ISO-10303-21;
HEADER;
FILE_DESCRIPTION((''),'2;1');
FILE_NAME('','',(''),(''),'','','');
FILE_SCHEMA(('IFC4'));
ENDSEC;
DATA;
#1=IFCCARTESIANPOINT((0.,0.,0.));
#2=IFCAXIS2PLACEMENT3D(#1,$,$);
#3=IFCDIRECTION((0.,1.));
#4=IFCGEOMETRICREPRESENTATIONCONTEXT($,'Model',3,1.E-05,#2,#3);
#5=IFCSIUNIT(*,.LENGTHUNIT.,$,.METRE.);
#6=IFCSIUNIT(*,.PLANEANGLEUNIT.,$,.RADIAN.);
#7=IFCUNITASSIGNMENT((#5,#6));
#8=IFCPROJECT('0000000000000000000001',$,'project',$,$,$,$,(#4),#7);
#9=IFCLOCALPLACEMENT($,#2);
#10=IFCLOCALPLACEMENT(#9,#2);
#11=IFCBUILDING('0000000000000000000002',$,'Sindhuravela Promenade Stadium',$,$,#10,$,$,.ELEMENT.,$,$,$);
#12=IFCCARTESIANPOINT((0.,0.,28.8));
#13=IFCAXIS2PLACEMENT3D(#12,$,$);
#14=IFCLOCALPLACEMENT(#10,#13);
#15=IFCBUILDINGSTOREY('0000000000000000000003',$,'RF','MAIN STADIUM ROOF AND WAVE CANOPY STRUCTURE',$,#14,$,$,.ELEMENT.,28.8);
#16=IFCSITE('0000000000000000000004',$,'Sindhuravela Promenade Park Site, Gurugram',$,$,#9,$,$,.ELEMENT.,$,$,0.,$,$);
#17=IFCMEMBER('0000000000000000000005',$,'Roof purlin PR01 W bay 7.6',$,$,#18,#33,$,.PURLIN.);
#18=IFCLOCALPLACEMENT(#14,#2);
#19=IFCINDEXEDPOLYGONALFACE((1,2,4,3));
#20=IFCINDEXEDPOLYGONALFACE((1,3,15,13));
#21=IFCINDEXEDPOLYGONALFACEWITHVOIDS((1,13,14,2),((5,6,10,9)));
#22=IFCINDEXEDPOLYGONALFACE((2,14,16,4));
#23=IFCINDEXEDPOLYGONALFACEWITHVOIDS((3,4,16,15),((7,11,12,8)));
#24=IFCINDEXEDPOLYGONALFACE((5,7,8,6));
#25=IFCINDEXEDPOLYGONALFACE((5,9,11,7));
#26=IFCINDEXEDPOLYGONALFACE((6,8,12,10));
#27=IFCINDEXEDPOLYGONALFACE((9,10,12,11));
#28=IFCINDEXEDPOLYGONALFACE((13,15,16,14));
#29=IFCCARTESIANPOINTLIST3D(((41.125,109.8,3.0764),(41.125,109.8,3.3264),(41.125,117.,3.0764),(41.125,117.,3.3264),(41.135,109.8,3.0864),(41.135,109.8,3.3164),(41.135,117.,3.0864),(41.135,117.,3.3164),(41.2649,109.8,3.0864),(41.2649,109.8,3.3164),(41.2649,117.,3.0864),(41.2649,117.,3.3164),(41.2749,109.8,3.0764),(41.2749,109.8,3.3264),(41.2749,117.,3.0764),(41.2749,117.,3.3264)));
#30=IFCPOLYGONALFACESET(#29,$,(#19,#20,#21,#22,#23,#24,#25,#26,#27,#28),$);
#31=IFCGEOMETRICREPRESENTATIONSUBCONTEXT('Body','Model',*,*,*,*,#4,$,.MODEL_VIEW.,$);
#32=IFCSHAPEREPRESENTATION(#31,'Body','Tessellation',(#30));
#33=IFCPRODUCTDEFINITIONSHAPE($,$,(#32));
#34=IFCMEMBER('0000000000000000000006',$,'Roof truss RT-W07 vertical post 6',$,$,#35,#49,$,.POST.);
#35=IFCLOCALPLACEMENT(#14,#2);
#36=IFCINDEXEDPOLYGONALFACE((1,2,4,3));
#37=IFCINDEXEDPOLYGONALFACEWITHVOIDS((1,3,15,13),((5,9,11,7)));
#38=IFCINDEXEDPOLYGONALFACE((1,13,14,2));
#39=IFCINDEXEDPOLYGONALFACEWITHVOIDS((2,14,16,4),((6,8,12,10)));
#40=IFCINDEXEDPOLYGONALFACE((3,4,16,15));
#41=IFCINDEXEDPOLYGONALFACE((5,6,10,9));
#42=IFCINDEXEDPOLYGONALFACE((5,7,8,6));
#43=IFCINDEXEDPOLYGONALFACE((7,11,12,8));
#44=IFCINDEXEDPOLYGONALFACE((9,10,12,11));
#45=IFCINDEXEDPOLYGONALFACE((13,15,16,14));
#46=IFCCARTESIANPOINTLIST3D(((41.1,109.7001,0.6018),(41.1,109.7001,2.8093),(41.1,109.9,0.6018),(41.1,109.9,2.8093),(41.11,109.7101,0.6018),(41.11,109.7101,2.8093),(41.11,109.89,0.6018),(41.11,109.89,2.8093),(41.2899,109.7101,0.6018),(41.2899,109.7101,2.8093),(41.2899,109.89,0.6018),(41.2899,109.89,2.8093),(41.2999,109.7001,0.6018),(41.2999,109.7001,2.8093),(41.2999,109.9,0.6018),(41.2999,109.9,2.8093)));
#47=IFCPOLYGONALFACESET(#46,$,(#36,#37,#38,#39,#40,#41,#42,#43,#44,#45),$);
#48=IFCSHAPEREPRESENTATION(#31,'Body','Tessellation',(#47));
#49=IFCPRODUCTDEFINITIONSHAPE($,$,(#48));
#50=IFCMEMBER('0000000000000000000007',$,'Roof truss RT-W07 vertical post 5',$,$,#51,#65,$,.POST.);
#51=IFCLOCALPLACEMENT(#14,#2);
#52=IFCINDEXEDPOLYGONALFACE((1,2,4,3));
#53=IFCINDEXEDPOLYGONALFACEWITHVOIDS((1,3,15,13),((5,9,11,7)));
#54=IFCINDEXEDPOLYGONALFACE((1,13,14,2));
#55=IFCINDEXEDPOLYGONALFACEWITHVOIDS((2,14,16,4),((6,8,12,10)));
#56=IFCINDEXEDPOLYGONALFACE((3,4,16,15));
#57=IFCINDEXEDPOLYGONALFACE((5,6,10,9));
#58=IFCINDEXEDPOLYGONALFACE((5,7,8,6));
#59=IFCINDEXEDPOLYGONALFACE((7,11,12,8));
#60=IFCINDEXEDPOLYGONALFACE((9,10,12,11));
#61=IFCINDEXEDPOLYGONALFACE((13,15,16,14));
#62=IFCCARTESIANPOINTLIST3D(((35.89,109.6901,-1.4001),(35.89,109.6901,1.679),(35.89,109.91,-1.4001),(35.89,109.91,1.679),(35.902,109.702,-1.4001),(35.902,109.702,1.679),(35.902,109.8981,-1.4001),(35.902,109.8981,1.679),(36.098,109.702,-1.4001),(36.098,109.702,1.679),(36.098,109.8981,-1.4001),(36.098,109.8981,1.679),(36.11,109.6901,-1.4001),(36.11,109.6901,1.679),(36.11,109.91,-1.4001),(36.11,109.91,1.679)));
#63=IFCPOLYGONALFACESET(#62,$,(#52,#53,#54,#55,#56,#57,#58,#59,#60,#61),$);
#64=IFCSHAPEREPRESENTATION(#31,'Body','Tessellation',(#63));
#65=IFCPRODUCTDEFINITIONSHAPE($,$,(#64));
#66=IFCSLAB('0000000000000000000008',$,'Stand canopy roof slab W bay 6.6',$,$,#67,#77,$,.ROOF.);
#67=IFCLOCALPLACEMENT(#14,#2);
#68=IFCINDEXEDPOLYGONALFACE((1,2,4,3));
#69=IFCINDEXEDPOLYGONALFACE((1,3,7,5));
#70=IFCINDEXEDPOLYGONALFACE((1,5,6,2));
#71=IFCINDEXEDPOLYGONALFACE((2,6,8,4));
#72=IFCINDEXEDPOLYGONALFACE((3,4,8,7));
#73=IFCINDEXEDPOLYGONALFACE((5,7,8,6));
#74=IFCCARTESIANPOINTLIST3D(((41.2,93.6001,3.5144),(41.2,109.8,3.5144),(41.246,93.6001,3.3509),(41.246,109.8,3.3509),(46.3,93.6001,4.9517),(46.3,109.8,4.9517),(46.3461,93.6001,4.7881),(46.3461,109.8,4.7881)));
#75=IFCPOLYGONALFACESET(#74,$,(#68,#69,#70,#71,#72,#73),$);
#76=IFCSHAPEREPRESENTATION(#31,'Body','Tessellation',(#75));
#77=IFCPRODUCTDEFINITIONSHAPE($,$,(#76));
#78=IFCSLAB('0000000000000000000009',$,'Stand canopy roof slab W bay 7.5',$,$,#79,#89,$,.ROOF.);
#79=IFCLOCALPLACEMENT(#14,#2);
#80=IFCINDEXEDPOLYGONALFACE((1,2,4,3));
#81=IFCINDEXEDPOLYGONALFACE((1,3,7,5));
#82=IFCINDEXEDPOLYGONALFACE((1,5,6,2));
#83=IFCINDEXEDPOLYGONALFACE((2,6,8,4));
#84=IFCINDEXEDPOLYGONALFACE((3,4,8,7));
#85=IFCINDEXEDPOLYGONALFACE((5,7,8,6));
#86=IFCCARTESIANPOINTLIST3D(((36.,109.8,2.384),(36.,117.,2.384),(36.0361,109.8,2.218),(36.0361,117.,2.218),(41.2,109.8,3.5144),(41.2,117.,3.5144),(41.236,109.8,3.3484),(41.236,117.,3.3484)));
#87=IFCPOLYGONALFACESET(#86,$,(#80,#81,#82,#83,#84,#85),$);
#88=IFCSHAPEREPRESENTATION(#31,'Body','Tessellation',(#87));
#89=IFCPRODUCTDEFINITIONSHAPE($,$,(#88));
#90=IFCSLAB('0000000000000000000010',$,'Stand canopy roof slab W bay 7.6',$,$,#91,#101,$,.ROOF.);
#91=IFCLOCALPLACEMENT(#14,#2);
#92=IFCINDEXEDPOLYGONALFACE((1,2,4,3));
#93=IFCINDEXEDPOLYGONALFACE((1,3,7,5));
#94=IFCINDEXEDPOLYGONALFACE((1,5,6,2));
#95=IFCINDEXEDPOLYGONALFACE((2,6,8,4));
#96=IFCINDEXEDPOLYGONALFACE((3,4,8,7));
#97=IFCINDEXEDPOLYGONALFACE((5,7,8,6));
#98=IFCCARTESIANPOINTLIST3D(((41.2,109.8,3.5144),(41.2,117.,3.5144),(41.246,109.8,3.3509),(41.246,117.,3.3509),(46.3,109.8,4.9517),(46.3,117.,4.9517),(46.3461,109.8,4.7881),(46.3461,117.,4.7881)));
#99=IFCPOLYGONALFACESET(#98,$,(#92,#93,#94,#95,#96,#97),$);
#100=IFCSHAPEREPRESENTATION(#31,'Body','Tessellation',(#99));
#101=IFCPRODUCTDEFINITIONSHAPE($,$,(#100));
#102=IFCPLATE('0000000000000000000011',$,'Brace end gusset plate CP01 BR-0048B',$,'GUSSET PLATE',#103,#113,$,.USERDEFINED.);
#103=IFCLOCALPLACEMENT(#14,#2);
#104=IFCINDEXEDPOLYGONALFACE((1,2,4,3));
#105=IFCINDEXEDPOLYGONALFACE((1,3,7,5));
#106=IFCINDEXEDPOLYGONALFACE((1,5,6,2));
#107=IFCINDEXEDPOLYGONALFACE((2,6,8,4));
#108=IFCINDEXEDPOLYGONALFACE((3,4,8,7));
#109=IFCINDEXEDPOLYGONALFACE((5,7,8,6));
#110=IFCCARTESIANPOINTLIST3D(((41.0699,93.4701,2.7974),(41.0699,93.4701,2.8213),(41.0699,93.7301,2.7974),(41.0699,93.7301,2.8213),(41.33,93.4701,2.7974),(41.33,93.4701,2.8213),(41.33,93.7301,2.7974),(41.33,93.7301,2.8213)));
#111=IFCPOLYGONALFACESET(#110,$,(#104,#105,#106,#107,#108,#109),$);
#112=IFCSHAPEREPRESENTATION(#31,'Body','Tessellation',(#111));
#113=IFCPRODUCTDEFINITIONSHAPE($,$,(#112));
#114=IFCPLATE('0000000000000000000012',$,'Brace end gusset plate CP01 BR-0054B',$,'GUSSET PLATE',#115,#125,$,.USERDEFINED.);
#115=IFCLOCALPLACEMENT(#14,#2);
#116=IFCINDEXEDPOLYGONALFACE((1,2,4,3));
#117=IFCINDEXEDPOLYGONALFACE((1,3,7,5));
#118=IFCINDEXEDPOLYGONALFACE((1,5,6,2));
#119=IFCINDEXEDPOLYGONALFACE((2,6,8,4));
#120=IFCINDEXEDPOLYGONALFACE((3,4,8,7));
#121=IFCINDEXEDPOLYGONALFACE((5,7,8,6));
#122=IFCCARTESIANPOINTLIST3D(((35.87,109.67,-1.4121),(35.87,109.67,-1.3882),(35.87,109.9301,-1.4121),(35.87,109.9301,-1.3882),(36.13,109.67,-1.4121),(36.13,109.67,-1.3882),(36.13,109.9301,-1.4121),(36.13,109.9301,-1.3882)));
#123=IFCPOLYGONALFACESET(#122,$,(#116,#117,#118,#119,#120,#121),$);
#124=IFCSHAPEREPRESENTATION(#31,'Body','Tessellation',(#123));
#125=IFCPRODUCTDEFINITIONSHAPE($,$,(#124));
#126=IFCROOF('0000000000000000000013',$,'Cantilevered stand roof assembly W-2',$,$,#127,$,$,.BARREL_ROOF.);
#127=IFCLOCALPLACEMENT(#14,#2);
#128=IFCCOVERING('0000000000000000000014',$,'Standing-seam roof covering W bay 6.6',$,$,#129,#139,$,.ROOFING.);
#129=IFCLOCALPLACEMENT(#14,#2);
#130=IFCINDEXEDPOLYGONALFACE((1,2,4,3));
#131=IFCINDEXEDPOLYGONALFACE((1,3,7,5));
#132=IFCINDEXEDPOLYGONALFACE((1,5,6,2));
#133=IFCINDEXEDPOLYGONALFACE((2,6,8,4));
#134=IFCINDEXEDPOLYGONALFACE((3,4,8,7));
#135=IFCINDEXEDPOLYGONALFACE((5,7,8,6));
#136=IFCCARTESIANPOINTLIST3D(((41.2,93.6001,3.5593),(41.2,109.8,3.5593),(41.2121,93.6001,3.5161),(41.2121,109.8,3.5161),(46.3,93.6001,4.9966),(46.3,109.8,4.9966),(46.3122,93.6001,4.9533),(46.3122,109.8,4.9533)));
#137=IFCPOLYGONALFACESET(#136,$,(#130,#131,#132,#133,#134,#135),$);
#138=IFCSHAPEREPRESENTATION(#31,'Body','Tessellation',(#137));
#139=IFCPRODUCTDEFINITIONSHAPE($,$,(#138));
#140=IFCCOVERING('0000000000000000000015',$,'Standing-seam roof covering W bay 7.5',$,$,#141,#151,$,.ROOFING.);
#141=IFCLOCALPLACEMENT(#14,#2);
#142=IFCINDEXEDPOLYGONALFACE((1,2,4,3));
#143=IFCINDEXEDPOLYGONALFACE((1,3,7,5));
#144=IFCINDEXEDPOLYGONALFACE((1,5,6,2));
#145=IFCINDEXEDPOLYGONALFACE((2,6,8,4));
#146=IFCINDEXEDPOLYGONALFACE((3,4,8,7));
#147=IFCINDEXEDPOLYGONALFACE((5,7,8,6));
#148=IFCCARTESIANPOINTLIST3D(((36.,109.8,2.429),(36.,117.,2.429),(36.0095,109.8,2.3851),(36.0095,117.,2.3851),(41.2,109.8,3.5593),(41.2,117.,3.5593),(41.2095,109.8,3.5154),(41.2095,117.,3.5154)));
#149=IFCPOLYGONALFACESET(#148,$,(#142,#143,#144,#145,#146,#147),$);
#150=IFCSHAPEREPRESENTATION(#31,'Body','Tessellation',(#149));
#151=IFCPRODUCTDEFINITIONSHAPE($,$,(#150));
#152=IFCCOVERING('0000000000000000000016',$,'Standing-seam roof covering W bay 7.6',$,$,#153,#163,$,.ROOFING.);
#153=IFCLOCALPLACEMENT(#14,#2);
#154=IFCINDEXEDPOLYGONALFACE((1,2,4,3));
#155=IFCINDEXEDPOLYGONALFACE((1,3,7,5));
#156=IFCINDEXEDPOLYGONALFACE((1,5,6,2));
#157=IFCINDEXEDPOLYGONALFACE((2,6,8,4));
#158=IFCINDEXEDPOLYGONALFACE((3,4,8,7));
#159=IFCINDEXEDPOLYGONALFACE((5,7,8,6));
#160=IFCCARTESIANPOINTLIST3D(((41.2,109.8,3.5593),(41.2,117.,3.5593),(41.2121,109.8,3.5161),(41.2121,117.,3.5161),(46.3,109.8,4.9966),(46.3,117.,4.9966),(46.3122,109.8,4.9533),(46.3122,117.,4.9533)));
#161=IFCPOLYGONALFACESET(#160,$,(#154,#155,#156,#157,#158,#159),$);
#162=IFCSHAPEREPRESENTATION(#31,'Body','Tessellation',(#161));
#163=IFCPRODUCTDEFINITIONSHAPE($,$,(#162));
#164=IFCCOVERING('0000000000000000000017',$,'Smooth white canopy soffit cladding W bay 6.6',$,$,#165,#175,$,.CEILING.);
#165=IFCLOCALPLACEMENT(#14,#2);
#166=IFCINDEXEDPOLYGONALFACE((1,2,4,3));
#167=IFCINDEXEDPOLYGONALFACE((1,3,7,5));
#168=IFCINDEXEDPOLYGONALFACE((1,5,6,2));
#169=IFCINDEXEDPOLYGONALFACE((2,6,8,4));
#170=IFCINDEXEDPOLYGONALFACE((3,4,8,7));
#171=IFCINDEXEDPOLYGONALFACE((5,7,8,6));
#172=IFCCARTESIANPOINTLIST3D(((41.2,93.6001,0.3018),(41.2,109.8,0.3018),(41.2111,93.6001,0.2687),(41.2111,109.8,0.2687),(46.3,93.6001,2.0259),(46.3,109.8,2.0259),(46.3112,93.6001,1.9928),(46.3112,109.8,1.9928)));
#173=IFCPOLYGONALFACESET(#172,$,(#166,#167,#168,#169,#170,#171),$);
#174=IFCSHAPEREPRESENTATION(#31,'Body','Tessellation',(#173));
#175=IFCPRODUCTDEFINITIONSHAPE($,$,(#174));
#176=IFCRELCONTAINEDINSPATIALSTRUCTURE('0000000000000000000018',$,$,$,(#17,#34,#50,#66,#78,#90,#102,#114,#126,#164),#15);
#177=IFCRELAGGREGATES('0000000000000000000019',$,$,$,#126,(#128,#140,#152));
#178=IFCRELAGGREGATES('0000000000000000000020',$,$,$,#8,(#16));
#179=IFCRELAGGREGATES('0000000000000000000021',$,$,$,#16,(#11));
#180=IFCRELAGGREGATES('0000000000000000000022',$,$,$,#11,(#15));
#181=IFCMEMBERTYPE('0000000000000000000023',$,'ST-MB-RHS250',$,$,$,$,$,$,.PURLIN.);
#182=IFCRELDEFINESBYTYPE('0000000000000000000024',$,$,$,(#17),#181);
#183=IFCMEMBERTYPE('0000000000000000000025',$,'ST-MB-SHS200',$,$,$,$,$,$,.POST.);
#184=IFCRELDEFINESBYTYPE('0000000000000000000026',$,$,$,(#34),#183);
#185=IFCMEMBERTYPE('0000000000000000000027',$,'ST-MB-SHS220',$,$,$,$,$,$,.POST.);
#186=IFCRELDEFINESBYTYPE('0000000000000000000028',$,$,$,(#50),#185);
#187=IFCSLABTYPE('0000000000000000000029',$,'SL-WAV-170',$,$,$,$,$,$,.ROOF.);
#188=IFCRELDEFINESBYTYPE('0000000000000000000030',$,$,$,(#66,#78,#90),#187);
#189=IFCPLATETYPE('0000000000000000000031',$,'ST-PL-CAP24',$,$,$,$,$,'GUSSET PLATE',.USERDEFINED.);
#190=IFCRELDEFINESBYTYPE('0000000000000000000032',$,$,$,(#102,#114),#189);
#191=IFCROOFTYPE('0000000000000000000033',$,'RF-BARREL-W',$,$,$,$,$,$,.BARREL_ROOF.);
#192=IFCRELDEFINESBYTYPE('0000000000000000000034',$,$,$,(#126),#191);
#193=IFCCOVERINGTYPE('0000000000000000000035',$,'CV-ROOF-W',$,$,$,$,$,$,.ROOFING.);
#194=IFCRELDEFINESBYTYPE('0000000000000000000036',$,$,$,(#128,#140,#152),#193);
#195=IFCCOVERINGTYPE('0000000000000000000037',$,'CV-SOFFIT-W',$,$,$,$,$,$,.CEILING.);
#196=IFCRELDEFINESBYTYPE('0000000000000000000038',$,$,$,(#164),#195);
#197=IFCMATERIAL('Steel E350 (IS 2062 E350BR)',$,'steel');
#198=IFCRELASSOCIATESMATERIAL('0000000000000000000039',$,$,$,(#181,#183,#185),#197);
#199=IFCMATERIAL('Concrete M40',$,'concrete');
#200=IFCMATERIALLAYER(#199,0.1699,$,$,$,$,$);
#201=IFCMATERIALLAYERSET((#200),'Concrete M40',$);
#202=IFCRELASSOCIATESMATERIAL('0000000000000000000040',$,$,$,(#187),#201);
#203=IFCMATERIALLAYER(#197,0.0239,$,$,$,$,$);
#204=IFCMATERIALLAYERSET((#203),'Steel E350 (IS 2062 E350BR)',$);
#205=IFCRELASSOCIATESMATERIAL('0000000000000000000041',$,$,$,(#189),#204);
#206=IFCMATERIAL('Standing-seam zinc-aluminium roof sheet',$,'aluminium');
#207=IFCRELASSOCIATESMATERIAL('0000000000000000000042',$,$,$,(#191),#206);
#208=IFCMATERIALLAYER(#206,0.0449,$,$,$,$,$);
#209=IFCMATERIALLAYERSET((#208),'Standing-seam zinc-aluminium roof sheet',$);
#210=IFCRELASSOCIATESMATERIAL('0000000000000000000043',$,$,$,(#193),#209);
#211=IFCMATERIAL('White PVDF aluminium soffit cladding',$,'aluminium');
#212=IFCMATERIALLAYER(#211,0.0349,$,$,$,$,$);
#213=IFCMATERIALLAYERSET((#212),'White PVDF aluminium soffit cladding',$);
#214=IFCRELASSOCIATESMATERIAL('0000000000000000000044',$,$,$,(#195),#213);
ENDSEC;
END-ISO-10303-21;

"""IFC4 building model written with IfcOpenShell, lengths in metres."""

from ifc_helpers import new_model, si_unit, direction, frame, origin, origin_2d, place, context, subcontext, project, spatial, polyline, rectangle, hollow_rectangle, outline, extrude, material, layer, layer_set, material_profile, profile_set, type_object, element, aggregate, save


model = new_model("IFC4")

# Units and contexts
model_context = context("Model", 3, precision=1e-05, world=origin(), true_north=direction((0.0, 1.0)))
body_context = subcontext(model_context, "Body", "Model", "MODEL_VIEW")
ifc_project = project(units=[si_unit("LENGTHUNIT", "METRE"), si_unit("PLANEANGLEUNIT", "RADIAN")], contexts=[model_context])

# Site, building, storey
site_placement = place(None, origin())
site = spatial("IfcSite", under=ifc_project, at=site_placement, Name="Sindhuravela Promenade Park Site, Gurugram", CompositionType="ELEMENT", RefElevation=0.0)
building_placement = place(site_placement, origin())
building = spatial("IfcBuilding", under=site, at=building_placement, Name="Sindhuravela Promenade Stadium", CompositionType="ELEMENT")
storey_placement = place(building_placement, frame((0.0, 0.0, 28.8)))
storey = spatial("IfcBuildingStorey", under=building, at=storey_placement, Name="RF", Description="MAIN STADIUM ROOF AND WAVE CANOPY STRUCTURE", CompositionType="ELEMENT", Elevation=28.8)

# Shared definitions
ifc_material_1 = material(Name="Concrete M40", Category="concrete")
ifc_material_2 = material(Name="Steel E350 (IS 2062 E350BR)", Category="steel")

# Members
ifc_material_profile_1 = material_profile(ifc_material_2, hollow_rectangle(XDim=0.1499, YDim=0.25, WallThickness=0.01, at=origin_2d()), Name="RHS 250x150x10")
ifc_profile_set_1 = profile_set([ifc_material_profile_1], Name="Steel E350 (IS 2062 E350BR)")
member_type_1 = type_object("IfcMemberType", Name="ST-MB-RHS250", PredefinedType="PURLIN", material=ifc_profile_set_1)
for number, where, z_axis, x_axis, name in (
    (1, (41.2, 109.8, 3.2014), (0.0, 1.0, 0.0), (-1.0, 0.0, 0.0), "Roof purlin PR01 W bay 7.6"),
):
    element("IfcMember", number, at=place(storey_placement, frame(where, z_axis=z_axis, x_axis=x_axis)), inside=storey, type_object=member_type_1, Name=name, PredefinedType="PURLIN", context=body_context, shape_type="SweptSolid", body=[
        extrude(hollow_rectangle(XDim=0.1499, YDim=0.25, WallThickness=0.01, at=origin_2d()), origin(), (0.0, 0.0, 1.0), 7.2),
    ])
ifc_material_profile_2 = material_profile(ifc_material_2, hollow_rectangle(XDim=0.2, YDim=0.2, WallThickness=0.01, at=origin_2d()), Name="SHS 200x200x10")
ifc_profile_set_2 = profile_set([ifc_material_profile_2], Name="Steel E350 (IS 2062 E350BR)")
member_type_2 = type_object("IfcMemberType", Name="ST-MB-SHS200", PredefinedType="POST", material=ifc_profile_set_2)
member_1_placement = place(storey_placement, frame((41.2, 109.8, 0.6018), z_axis=(0.0, 0.0, 1.0), x_axis=(1.0, 0.0, 0.0)))
element("IfcMember", 2, at=member_1_placement, inside=storey, type_object=member_type_2, Name="Roof truss RT-W07 vertical post 6", PredefinedType="POST", context=body_context, shape_type="SweptSolid", body=[
    extrude(hollow_rectangle(XDim=0.2, YDim=0.2, WallThickness=0.01, at=origin_2d()), origin(), (0.0, 0.0, 1.0), 2.2075),
])
ifc_material_profile_3 = material_profile(ifc_material_2, hollow_rectangle(XDim=0.22, YDim=0.22, WallThickness=0.012, at=origin_2d()), Name="SHS 220x220x12")
ifc_profile_set_3 = profile_set([ifc_material_profile_3], Name="Steel E350 (IS 2062 E350BR)")
member_type_3 = type_object("IfcMemberType", Name="ST-MB-SHS220", PredefinedType="POST", material=ifc_profile_set_3)
member_2_placement = place(storey_placement, frame((36.0, 109.8, -1.4001), z_axis=(0.0, 0.0, 1.0), x_axis=(1.0, 0.0, 0.0)))
element("IfcMember", 3, at=member_2_placement, inside=storey, type_object=member_type_3, Name="Roof truss RT-W07 vertical post 5", PredefinedType="POST", context=body_context, shape_type="SweptSolid", body=[
    extrude(hollow_rectangle(XDim=0.22, YDim=0.22, WallThickness=0.012, at=origin_2d()), origin(), (0.0, 0.0, 1.0), 3.0791),
])

# Slabs
ifc_layer_1 = layer(ifc_material_1, 0.1699)
ifc_layer_set_1 = layer_set([ifc_layer_1], Name="Concrete M40")
slab_type = type_object("IfcSlabType", Name="SL-WAV-170", PredefinedType="ROOF", material=ifc_layer_set_1)
slab_1_placement = place(storey_placement, frame((41.2, 93.6001, 3.5144), z_axis=(-0.271245, 0.0, 0.96251), x_axis=(0.0, 1.0, 0.0)))
element("IfcSlab", 4, at=slab_1_placement, inside=storey, type_object=slab_type, Name="Stand canopy roof slab W bay 6.6", PredefinedType="ROOF", context=body_context, shape_type="SweptSolid", body=[
    extrude(outline(polyline([(0.0, 0.0), (0.0, -5.2987), (16.2, -5.2987), (16.2, 0.0), (0.0, 0.0)])), origin(), (0.0, 0.0, -1.0), 0.1699),
])
slab_2_placement = place(storey_placement, frame((36.0, 109.8, 2.384), z_axis=(-0.21242, 0.0, 0.977178), x_axis=(0.0, 1.0, 0.0)))
element("IfcSlab", 5, at=slab_2_placement, inside=storey, type_object=slab_type, Name="Stand canopy roof slab W bay 7.5", PredefinedType="ROOF", context=body_context, shape_type="SweptSolid", body=[
    extrude(outline(polyline([(0.0, 0.0), (0.0, -5.3214), (7.2, -5.3214), (7.2, 0.0), (0.0, 0.0)])), origin(), (0.0, 0.0, -1.0), 0.1699),
])
slab_3_placement = place(storey_placement, frame((41.2, 109.8, 3.5144), z_axis=(-0.271245, 0.0, 0.96251), x_axis=(0.0, 1.0, 0.0)))
element("IfcSlab", 6, at=slab_3_placement, inside=storey, type_object=slab_type, Name="Stand canopy roof slab W bay 7.6", PredefinedType="ROOF", context=body_context, shape_type="SweptSolid", body=[
    extrude(outline(polyline([(0.0, 0.0), (0.0, -5.2987), (7.2, -5.2987), (7.2, 0.0), (0.0, 0.0)])), origin(), (0.0, 0.0, -1.0), 0.1699),
])

# Plates
ifc_layer_2 = layer(ifc_material_2, 0.0239)
ifc_layer_set_2 = layer_set([ifc_layer_2], Name="Steel E350 (IS 2062 E350BR)")
plate_type = type_object("IfcPlateType", Name="ST-PL-CAP24", ElementType="GUSSET PLATE", PredefinedType="USERDEFINED", material=ifc_layer_set_2)
for number, where, z_axis, x_axis, name in (
    (7, (41.2, 93.6001, 2.7974), (0.0, 0.0, 1.0), (1.0, 0.0, 0.0), "Brace end gusset plate CP01 BR-0048B"),
    (8, (36.0, 109.8, -1.4121), (0.0, 0.0, 1.0), (1.0, 0.0, 0.0), "Brace end gusset plate CP01 BR-0054B"),
):
    element("IfcPlate", number, at=place(storey_placement, frame(where, z_axis=z_axis, x_axis=x_axis)), inside=storey, type_object=plate_type, Name=name, ObjectType="GUSSET PLATE", PredefinedType="USERDEFINED", context=body_context, shape_type="SweptSolid", body=[
        extrude(rectangle(XDim=0.26, YDim=0.26, at=origin_2d()), origin(), (0.0, 0.0, 1.0), 0.0239),
    ])

# Roof, coverings
ifc_material_3 = material(Name="Standing-seam zinc-aluminium roof sheet", Category="aluminium")
roof_type = type_object("IfcRoofType", Name="RF-BARREL-W", PredefinedType="BARREL_ROOF", material=ifc_material_3)
roof_placement = place(storey_placement, origin())
roof = element("IfcRoof", 9, at=roof_placement, inside=storey, type_object=roof_type, Name="Cantilevered stand roof assembly W-2", PredefinedType="BARREL_ROOF")
ifc_layer_3 = layer(ifc_material_3, 0.0449)
ifc_layer_set_3 = layer_set([ifc_layer_3], Name="Standing-seam zinc-aluminium roof sheet")
covering_type_1 = type_object("IfcCoveringType", Name="CV-ROOF-W", PredefinedType="ROOFING", material=ifc_layer_set_3)
covering_1_placement = place(storey_placement, frame((41.2, 93.6001, 3.5593), z_axis=(-0.271245, 0.0, 0.96251), x_axis=(0.0, 1.0, 0.0)))
covering_1 = element("IfcCovering", 10, at=covering_1_placement, type_object=covering_type_1, Name="Standing-seam roof covering W bay 6.6", PredefinedType="ROOFING", context=body_context, shape_type="SweptSolid", body=[
    extrude(outline(polyline([(0.0, 0.0), (0.0, -5.2987), (16.2, -5.2987), (16.2, 0.0), (0.0, 0.0)])), origin(), (0.0, 0.0, -1.0), 0.0449),
])
covering_2_placement = place(storey_placement, frame((36.0, 109.8, 2.429), z_axis=(-0.21242, 0.0, 0.977178), x_axis=(0.0, 1.0, 0.0)))
covering_2 = element("IfcCovering", 11, at=covering_2_placement, type_object=covering_type_1, Name="Standing-seam roof covering W bay 7.5", PredefinedType="ROOFING", context=body_context, shape_type="SweptSolid", body=[
    extrude(outline(polyline([(0.0, 0.0), (0.0, -5.3214), (7.2, -5.3214), (7.2, 0.0), (0.0, 0.0)])), origin(), (0.0, 0.0, -1.0), 0.0449),
])
covering_3_placement = place(storey_placement, frame((41.2, 109.8, 3.5593), z_axis=(-0.271245, 0.0, 0.96251), x_axis=(0.0, 1.0, 0.0)))
covering_3 = element("IfcCovering", 12, at=covering_3_placement, type_object=covering_type_1, Name="Standing-seam roof covering W bay 7.6", PredefinedType="ROOFING", context=body_context, shape_type="SweptSolid", body=[
    extrude(outline(polyline([(0.0, 0.0), (0.0, -5.2987), (7.2, -5.2987), (7.2, 0.0), (0.0, 0.0)])), origin(), (0.0, 0.0, -1.0), 0.0449),
])
aggregate(roof, [covering_1, covering_2, covering_3])

# Covering
ifc_material_4 = material(Name="White PVDF aluminium soffit cladding", Category="aluminium")
ifc_layer_4 = layer(ifc_material_4, 0.0349)
ifc_layer_set_4 = layer_set([ifc_layer_4], Name="White PVDF aluminium soffit cladding")
covering_type_2 = type_object("IfcCoveringType", Name="CV-SOFFIT-W", PredefinedType="CEILING", material=ifc_layer_set_4)
covering_4_placement = place(storey_placement, frame((41.2, 93.6001, 0.3018), z_axis=(-0.320252, 0.0, 0.947332), x_axis=(0.0, 1.0, 0.0)))
element("IfcCovering", 13, at=covering_4_placement, inside=storey, type_object=covering_type_2, Name="Smooth white canopy soffit cladding W bay 6.6", PredefinedType="CEILING", context=body_context, shape_type="SweptSolid", body=[
    extrude(outline(polyline([(0.0, 0.0), (0.0, -5.3836), (16.2, -5.3836), (16.2, 0.0), (0.0, 0.0)])), origin(), (0.0, 0.0, -1.0), 0.0349),
])

save(model, "model.ifc")
